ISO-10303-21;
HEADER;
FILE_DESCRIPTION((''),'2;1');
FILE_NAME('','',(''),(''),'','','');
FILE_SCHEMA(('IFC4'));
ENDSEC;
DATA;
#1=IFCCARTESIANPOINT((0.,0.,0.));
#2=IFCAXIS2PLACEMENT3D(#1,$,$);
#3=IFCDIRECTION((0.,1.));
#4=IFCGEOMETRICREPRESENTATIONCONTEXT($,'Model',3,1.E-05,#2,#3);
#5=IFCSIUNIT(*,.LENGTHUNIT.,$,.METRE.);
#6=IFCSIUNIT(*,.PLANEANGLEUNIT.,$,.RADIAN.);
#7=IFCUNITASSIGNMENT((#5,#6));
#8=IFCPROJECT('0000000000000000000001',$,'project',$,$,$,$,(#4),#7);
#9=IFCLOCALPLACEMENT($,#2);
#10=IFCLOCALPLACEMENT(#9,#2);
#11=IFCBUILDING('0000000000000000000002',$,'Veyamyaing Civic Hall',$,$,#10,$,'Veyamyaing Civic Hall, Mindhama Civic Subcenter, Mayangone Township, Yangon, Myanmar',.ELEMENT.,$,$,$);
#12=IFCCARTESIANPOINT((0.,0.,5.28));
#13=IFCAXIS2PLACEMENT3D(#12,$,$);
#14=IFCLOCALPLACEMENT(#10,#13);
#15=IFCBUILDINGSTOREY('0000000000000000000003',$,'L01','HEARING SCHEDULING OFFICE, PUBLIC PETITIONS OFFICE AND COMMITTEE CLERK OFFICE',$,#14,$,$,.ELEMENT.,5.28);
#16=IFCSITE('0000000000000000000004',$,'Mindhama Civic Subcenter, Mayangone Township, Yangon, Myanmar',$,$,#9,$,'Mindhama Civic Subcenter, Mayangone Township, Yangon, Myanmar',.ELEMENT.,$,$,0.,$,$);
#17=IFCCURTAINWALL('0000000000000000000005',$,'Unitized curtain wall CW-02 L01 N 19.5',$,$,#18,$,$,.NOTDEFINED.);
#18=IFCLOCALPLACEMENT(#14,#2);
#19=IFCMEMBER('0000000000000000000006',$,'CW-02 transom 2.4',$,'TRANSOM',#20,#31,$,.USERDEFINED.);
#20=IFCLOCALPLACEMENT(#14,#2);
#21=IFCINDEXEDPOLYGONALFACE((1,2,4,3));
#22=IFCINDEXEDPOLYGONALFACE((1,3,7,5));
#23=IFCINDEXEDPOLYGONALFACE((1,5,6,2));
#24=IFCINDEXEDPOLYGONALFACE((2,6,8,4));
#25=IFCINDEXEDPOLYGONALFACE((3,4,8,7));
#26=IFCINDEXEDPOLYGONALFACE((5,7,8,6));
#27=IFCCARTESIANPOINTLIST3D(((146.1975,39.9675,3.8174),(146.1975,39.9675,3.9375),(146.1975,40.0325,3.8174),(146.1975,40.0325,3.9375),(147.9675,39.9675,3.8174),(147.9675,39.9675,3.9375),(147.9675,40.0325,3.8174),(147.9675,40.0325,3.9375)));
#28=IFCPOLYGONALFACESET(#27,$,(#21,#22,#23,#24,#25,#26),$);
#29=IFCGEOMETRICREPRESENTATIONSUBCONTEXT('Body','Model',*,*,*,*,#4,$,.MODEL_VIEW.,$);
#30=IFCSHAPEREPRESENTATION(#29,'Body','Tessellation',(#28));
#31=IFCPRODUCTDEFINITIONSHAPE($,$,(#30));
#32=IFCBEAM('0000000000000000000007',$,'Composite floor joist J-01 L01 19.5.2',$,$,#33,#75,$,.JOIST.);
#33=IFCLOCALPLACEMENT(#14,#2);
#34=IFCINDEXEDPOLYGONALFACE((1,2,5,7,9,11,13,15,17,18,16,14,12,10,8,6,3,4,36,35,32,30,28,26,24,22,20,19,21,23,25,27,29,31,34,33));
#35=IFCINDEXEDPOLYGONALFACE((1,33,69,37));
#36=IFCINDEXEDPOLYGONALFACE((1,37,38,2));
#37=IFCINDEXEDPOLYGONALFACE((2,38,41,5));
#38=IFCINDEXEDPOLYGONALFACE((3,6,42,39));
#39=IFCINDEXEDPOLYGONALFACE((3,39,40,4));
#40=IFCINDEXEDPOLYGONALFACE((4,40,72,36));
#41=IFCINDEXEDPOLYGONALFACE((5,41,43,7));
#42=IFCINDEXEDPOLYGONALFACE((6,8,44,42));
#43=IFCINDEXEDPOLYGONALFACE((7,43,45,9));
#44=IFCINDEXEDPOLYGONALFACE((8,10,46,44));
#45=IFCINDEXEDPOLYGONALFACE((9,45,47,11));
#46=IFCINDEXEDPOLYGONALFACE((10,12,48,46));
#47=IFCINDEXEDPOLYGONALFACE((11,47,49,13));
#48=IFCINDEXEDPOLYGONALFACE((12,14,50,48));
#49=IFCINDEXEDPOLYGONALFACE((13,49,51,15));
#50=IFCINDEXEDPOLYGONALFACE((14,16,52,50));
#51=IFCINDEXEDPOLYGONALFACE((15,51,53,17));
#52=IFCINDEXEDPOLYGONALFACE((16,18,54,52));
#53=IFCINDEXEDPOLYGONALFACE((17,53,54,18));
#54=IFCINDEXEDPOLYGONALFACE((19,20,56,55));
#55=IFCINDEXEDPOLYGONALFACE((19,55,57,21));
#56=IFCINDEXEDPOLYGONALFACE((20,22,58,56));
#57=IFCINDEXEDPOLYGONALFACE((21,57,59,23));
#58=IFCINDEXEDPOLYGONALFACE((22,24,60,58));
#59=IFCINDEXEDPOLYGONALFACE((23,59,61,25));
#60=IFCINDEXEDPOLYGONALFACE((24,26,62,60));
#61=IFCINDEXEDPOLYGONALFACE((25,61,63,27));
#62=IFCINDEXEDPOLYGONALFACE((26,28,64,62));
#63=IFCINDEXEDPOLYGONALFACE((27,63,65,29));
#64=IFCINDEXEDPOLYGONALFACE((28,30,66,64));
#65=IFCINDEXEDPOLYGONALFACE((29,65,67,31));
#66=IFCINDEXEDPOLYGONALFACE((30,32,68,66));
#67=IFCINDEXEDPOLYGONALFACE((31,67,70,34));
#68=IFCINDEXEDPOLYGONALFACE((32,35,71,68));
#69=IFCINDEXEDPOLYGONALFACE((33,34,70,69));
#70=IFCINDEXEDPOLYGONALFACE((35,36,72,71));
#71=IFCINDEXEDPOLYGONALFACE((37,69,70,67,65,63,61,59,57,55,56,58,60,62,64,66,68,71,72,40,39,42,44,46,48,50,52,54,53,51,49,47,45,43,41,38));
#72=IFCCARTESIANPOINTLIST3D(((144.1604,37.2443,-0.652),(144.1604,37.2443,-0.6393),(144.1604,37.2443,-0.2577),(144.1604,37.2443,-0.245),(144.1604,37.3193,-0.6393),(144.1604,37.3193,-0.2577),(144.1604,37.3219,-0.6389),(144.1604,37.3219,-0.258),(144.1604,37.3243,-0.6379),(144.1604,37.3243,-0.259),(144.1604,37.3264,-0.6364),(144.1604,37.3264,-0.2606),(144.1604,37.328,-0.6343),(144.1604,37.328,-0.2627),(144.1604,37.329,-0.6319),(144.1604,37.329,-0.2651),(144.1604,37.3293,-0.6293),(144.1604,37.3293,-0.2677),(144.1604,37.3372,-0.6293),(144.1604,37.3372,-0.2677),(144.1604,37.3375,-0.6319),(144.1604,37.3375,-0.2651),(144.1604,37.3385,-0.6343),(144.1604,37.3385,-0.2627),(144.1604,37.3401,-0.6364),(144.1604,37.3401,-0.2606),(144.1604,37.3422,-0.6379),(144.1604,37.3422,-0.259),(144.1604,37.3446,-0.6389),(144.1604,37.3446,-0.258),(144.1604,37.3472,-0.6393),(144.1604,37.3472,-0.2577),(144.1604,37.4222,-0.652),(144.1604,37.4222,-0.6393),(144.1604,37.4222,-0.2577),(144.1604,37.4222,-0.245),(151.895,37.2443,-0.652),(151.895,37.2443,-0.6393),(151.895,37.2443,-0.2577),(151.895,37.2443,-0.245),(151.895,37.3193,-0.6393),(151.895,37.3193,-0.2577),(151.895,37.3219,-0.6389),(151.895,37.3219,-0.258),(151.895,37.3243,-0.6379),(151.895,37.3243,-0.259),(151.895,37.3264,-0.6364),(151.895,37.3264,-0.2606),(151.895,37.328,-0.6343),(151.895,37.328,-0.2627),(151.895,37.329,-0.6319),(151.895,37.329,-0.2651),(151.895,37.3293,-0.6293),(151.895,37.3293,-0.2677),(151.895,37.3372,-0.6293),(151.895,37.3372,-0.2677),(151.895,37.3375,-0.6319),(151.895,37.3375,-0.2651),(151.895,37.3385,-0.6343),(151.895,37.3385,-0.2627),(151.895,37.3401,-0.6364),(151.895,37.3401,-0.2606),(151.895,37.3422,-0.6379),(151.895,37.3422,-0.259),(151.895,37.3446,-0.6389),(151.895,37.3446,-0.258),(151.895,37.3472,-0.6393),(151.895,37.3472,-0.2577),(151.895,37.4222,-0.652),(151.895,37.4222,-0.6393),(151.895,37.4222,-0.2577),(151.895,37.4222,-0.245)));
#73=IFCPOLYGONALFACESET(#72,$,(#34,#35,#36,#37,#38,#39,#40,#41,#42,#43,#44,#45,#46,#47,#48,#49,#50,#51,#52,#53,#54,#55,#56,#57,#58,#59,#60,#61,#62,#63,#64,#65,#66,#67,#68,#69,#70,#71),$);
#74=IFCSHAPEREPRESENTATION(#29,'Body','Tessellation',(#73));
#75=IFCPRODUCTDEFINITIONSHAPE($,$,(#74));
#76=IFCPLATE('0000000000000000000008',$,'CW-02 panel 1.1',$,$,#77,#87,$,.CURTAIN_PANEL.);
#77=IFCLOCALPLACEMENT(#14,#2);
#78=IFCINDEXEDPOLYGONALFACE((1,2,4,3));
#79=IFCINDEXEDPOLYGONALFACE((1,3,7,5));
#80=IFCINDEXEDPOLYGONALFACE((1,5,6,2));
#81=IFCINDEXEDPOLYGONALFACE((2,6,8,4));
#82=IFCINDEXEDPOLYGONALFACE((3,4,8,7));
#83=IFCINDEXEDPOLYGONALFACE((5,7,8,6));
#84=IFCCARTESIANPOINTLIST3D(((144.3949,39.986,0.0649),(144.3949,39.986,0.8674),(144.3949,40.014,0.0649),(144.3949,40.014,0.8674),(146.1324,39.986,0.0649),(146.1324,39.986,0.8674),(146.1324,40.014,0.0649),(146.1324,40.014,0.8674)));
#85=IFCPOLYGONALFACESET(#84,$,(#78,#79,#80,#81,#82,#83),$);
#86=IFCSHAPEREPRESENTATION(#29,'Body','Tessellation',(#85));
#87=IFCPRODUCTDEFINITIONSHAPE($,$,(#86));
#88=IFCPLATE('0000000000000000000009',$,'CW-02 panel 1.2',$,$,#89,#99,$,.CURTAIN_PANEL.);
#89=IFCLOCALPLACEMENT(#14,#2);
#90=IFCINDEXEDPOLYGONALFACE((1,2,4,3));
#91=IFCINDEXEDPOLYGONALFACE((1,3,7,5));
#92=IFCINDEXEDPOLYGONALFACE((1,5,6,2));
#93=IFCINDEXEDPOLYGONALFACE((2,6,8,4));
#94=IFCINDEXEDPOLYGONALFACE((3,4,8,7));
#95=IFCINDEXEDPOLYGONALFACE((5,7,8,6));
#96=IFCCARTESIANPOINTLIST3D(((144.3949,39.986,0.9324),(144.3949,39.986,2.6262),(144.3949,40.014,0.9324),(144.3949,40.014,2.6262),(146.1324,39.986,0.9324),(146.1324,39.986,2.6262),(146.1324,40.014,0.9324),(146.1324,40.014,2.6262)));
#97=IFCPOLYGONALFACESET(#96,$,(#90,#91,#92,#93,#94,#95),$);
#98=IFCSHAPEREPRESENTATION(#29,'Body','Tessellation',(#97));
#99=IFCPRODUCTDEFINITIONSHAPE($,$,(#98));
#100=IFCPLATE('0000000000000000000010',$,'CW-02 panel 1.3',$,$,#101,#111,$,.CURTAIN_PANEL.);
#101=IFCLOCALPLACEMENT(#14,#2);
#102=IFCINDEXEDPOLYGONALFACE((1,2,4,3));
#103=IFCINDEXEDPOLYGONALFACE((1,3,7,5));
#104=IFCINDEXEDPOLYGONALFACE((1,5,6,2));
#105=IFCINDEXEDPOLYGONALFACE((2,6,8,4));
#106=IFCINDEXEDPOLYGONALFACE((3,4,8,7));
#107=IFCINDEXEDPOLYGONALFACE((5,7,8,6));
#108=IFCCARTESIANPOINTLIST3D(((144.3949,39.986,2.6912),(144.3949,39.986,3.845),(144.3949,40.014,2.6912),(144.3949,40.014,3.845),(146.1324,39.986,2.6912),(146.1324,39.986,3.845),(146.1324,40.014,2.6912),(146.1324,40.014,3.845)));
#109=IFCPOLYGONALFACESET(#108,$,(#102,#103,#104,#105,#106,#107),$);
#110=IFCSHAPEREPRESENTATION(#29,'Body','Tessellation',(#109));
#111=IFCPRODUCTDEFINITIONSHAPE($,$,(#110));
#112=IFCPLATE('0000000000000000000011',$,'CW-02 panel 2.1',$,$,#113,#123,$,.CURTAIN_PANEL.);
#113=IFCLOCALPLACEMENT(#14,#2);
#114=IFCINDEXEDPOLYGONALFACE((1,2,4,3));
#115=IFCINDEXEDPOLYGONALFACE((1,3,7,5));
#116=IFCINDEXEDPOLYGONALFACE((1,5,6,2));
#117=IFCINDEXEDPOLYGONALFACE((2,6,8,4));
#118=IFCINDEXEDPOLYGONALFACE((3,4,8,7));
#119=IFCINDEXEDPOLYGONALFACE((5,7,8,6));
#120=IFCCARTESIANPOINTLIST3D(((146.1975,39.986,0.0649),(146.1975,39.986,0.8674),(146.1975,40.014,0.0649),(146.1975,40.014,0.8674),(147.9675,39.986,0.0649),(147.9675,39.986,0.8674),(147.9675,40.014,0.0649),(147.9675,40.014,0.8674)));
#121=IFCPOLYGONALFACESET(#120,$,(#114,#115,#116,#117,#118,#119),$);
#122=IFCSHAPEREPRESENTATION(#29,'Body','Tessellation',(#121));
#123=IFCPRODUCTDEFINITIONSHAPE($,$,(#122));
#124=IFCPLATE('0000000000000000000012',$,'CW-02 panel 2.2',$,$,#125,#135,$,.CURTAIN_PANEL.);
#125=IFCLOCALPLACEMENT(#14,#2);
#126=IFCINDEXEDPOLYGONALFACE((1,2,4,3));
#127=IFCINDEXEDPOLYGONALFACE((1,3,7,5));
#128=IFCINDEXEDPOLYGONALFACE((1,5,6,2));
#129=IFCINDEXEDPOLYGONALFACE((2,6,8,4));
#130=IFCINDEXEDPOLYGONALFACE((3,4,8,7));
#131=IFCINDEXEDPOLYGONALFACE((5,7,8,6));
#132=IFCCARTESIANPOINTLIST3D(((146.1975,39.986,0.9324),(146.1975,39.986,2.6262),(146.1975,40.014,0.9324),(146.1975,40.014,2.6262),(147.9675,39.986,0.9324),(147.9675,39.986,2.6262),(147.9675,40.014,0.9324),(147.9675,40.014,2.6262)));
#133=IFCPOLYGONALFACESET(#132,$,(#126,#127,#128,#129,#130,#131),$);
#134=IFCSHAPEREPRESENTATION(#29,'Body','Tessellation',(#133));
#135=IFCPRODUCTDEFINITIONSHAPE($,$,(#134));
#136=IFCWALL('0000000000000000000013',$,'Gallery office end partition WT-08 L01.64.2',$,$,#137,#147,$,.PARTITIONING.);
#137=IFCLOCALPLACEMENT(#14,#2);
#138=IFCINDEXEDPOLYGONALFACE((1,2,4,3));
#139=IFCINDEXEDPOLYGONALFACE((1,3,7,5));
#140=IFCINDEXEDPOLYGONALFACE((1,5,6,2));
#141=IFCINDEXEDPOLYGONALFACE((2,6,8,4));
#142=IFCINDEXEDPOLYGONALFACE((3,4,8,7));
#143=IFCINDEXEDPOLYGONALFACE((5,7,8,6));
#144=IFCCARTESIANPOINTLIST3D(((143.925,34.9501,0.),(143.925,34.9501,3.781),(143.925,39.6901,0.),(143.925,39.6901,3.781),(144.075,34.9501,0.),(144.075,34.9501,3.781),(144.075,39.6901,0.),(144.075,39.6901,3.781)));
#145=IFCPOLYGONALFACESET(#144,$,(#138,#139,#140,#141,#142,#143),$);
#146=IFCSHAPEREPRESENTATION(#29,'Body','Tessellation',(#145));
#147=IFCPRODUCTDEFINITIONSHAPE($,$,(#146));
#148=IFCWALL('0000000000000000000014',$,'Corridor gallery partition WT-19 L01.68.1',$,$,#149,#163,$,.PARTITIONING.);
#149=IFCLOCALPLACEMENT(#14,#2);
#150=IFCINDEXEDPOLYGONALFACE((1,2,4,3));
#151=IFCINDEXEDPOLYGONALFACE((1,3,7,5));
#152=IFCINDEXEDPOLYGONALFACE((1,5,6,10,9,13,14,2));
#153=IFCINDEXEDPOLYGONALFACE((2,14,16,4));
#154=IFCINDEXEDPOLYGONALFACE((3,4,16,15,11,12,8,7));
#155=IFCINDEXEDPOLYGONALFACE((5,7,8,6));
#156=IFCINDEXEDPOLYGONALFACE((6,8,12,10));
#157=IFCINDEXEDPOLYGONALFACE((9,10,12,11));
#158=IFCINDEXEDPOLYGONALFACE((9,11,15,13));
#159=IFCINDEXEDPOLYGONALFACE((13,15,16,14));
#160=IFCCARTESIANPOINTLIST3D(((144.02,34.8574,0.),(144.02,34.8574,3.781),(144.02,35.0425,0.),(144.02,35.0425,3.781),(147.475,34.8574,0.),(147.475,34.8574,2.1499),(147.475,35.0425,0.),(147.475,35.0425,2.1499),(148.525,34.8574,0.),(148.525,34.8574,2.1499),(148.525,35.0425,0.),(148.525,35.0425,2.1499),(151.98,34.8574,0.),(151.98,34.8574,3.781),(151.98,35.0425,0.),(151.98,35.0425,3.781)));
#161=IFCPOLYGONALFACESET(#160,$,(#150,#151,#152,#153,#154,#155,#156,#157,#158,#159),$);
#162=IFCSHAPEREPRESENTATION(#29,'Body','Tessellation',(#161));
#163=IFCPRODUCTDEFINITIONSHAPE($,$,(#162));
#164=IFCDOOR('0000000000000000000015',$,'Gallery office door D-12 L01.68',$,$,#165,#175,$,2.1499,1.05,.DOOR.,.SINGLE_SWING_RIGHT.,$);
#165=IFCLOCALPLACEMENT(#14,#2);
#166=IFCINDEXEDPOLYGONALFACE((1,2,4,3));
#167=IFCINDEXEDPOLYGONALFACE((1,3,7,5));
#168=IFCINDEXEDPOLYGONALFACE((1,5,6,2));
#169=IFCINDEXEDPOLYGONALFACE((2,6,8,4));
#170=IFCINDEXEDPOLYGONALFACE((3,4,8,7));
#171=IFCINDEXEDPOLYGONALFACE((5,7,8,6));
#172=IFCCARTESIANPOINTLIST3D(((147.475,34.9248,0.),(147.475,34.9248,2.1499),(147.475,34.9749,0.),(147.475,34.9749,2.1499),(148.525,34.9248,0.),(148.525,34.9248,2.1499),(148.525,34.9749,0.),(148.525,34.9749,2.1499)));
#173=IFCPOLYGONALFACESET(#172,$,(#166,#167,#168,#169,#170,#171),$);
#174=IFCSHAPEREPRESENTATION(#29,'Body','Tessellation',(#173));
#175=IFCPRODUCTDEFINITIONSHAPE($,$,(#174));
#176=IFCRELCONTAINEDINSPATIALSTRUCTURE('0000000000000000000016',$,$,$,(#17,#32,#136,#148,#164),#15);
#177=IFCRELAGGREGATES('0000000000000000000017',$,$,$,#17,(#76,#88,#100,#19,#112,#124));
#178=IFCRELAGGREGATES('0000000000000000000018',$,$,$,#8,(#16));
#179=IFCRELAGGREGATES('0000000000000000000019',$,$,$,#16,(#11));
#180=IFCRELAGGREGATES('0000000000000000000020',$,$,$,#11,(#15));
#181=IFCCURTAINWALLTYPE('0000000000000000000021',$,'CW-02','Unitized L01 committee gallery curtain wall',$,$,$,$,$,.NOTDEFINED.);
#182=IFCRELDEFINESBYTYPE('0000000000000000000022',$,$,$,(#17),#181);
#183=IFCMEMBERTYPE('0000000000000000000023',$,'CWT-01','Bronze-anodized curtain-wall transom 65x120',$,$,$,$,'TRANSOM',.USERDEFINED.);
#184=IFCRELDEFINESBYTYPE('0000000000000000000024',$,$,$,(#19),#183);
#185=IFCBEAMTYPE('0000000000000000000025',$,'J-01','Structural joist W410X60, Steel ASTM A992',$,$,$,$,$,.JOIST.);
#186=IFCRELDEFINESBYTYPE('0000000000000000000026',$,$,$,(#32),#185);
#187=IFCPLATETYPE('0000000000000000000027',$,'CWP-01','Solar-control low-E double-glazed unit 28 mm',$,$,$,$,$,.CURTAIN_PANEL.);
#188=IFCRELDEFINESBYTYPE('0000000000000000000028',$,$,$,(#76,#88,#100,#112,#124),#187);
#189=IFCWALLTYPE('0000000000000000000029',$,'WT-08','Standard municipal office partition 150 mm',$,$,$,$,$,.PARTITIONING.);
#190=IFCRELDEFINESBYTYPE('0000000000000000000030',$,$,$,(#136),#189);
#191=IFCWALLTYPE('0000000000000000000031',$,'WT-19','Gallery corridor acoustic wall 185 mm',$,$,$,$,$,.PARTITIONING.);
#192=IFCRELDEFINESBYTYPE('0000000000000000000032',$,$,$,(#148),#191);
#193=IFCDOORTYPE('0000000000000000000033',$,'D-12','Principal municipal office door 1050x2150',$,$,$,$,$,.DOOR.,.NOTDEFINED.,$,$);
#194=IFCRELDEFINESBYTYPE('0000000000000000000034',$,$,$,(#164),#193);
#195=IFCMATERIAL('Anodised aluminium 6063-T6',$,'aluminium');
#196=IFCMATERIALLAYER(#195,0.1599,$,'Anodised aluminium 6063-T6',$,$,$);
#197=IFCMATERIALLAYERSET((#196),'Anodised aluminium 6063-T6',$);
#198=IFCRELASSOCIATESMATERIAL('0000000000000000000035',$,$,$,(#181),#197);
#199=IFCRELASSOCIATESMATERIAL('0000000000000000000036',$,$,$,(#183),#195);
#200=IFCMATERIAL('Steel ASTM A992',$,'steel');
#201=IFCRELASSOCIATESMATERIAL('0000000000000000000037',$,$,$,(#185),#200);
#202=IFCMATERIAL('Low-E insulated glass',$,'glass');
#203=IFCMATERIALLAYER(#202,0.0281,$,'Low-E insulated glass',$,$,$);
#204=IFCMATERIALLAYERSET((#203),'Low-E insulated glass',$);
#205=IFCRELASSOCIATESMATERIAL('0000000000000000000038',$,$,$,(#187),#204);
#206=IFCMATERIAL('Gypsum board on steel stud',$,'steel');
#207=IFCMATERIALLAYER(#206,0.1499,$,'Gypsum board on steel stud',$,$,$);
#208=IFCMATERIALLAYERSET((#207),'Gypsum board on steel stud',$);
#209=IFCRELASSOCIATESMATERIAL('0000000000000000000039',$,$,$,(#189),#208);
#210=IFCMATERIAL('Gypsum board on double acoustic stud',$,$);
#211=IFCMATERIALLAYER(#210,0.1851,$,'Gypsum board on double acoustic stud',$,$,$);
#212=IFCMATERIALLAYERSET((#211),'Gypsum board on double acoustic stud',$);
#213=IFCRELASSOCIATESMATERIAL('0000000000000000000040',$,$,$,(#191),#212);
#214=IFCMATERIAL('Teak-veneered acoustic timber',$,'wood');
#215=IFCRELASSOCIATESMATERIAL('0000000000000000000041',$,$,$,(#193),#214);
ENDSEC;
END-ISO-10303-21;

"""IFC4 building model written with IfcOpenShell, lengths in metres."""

from ifc_helpers import new_model, si_unit, direction, frame, frame_2d, origin, origin_2d, place, context, subcontext, project, spatial, rectangle, i_section, extrude, material, layer, layer_set, material_profile, profile_set, type_object, element, fill, aggregate, save


model = new_model("IFC4")

# Units and contexts
model_context = context("Model", 3, precision=1e-05, world=origin(), true_north=direction((0.0, 1.0)))
body_context = subcontext(model_context, "Body", "Model", "MODEL_VIEW")
ifc_project = project(units=[si_unit("LENGTHUNIT", "METRE"), si_unit("PLANEANGLEUNIT", "RADIAN")], contexts=[model_context])

# Site, building, storey
site_placement = place(None, origin())
site = spatial("IfcSite", under=ifc_project, at=site_placement, Name="Mindhama Civic Subcenter, Mayangone Township, Yangon, Myanmar", LongName="Mindhama Civic Subcenter, Mayangone Township, Yangon, Myanmar", CompositionType="ELEMENT", RefElevation=0.0)
building_placement = place(site_placement, origin())
building = spatial("IfcBuilding", under=site, at=building_placement, Name="Veyamyaing Civic Hall", LongName="Veyamyaing Civic Hall, Mindhama Civic Subcenter, Mayangone Township, Yangon, Myanmar", CompositionType="ELEMENT")
storey_placement = place(building_placement, frame((0.0, 0.0, 5.28)))
storey = spatial("IfcBuildingStorey", under=building, at=storey_placement, Name="L01", Description="HEARING SCHEDULING OFFICE, PUBLIC PETITIONS OFFICE AND COMMITTEE CLERK OFFICE", CompositionType="ELEMENT", Elevation=5.28)

# Shared definitions
ifc_material_1 = material(Name="Steel ASTM A992", Category="steel")

# Curtain wall, member
ifc_material_2 = material(Name="Anodised aluminium 6063-T6", Category="aluminium")
ifc_layer_1 = layer(ifc_material_2, 0.1599, Name="Anodised aluminium 6063-T6")
ifc_layer_set_1 = layer_set([ifc_layer_1], Name="Anodised aluminium 6063-T6")
curtain_wall_type = type_object("IfcCurtainWallType", Name="CW-02", Description="Unitized L01 committee gallery curtain wall", PredefinedType="NOTDEFINED", material=ifc_layer_set_1)
curtain_wall_placement = place(storey_placement, origin())
curtain_wall = element("IfcCurtainWall", 1, at=curtain_wall_placement, inside=storey, type_object=curtain_wall_type, Name="Unitized curtain wall CW-02 L01 N 19.5", PredefinedType="NOTDEFINED")
ifc_material_profile_1 = material_profile(ifc_material_2, rectangle(XDim=0.0649, YDim=0.1201, at=origin_2d()), Name="ALU-TRN-65X120")
ifc_profile_set_1 = profile_set([ifc_material_profile_1], Name="Anodised aluminium 6063-T6")
member_type_1 = type_object("IfcMemberType", Name="CWT-01", Description="Bronze-anodized curtain-wall transom 65x120", ElementType="TRANSOM", PredefinedType="USERDEFINED", material=ifc_profile_set_1)
member_1_placement = place(storey_placement, frame((146.1975, 40.0, 3.8774), z_axis=(1.0, 0.0, 0.0), x_axis=(0.0, 1.0, 0.0)))
member_1 = element("IfcMember", 2, at=member_1_placement, type_object=member_type_1, Name="CW-02 transom 2.4", ObjectType="TRANSOM", PredefinedType="USERDEFINED", context=body_context, shape_type="SweptSolid", body=[
    extrude(rectangle(XDim=0.0649, YDim=0.1201, at=origin_2d()), origin(), (0.0, 0.0, 1.0), 1.77),
])

# Beam
ifc_material_profile_2 = material_profile(ifc_material_1, i_section(OverallWidth=0.178, OverallDepth=0.407, WebThickness=0.0078, FlangeThickness=0.0127, FilletRadius=0.01, at=origin_2d()), Name="W410X60")
ifc_profile_set_2 = profile_set([ifc_material_profile_2], Name="Steel ASTM A992")
beam_type_1 = type_object("IfcBeamType", Name="J-01", Description="Structural joist W410X60, Steel ASTM A992", PredefinedType="JOIST", material=ifc_profile_set_2)
beam_1_placement = place(storey_placement, frame((144.1604, 37.3333, -0.4485), z_axis=(1.0, 0.0, 0.0), x_axis=(0.0, 1.0, 0.0)))
element("IfcBeam", 3, at=beam_1_placement, inside=storey, type_object=beam_type_1, Name="Composite floor joist J-01 L01 19.5.2", PredefinedType="JOIST", context=body_context, shape_type="SweptSolid", body=[
    extrude(i_section(OverallWidth=0.178, OverallDepth=0.407, WebThickness=0.0078, FlangeThickness=0.0127, FilletRadius=0.01, at=origin_2d()), origin(), (0.0, 0.0, 1.0), 7.7346),
])

# Plates
ifc_material_3 = material(Name="Low-E insulated glass", Category="glass")
ifc_layer_2 = layer(ifc_material_3, 0.0281, Name="Low-E insulated glass")
ifc_layer_set_2 = layer_set([ifc_layer_2], Name="Low-E insulated glass")
plate_type = type_object("IfcPlateType", Name="CWP-01", Description="Solar-control low-E double-glazed unit 28 mm", PredefinedType="CURTAIN_PANEL", material=ifc_layer_set_2)
plate_1_placement = place(storey_placement, frame((145.2637, 40.0, 0.0649), z_axis=(0.0, 0.0, 1.0), x_axis=(1.0, 0.0, 0.0)))
plate_1 = element("IfcPlate", 4, at=plate_1_placement, type_object=plate_type, Name="CW-02 panel 1.1", PredefinedType="CURTAIN_PANEL", context=body_context, shape_type="SweptSolid", body=[
    extrude(rectangle(XDim=1.7375, YDim=0.0281, at=origin_2d()), origin(), (0.0, 0.0, 1.0), 0.8025),
])
plate_2_placement = place(storey_placement, frame((145.2637, 40.0, 0.9324), z_axis=(0.0, 0.0, 1.0), x_axis=(1.0, 0.0, 0.0)))
plate_2 = element("IfcPlate", 5, at=plate_2_placement, type_object=plate_type, Name="CW-02 panel 1.2", PredefinedType="CURTAIN_PANEL", context=body_context, shape_type="SweptSolid", body=[
    extrude(rectangle(XDim=1.7375, YDim=0.0281, at=origin_2d()), origin(), (0.0, 0.0, 1.0), 1.6938),
])
plate_3_placement = place(storey_placement, frame((145.2637, 40.0, 2.6912), z_axis=(0.0, 0.0, 1.0), x_axis=(1.0, 0.0, 0.0)))
plate_3 = element("IfcPlate", 6, at=plate_3_placement, type_object=plate_type, Name="CW-02 panel 1.3", PredefinedType="CURTAIN_PANEL", context=body_context, shape_type="SweptSolid", body=[
    extrude(rectangle(XDim=1.7375, YDim=0.0281, at=origin_2d()), origin(), (0.0, 0.0, 1.0), 1.1538),
])
plate_4_placement = place(storey_placement, frame((147.0825, 40.0, 0.0649), z_axis=(0.0, 0.0, 1.0), x_axis=(1.0, 0.0, 0.0)))
plate_4 = element("IfcPlate", 7, at=plate_4_placement, type_object=plate_type, Name="CW-02 panel 2.1", PredefinedType="CURTAIN_PANEL", context=body_context, shape_type="SweptSolid", body=[
    extrude(rectangle(XDim=1.77, YDim=0.0281, at=origin_2d()), origin(), (0.0, 0.0, 1.0), 0.8025),
])
plate_5_placement = place(storey_placement, frame((147.0825, 40.0, 0.9324), z_axis=(0.0, 0.0, 1.0), x_axis=(1.0, 0.0, 0.0)))
plate_5 = element("IfcPlate", 8, at=plate_5_placement, type_object=plate_type, Name="CW-02 panel 2.2", PredefinedType="CURTAIN_PANEL", context=body_context, shape_type="SweptSolid", body=[
    extrude(rectangle(XDim=1.77, YDim=0.0281, at=origin_2d()), origin(), (0.0, 0.0, 1.0), 1.6938),
])
aggregate(curtain_wall, [plate_1, plate_2, plate_3, member_1, plate_4, plate_5])

# Wall
ifc_material_4 = material(Name="Gypsum board on steel stud", Category="steel")
ifc_layer_3 = layer(ifc_material_4, 0.1499, Name="Gypsum board on steel stud")
ifc_layer_set_3 = layer_set([ifc_layer_3], Name="Gypsum board on steel stud")
wall_type_1 = type_object("IfcWallType", Name="WT-08", Description="Standard municipal office partition 150 mm", PredefinedType="PARTITIONING", material=ifc_layer_set_3)
wall_1_placement = place(storey_placement, frame((144.0, 34.95, 0.0), z_axis=(0.0, 0.0, 1.0), x_axis=(0.0, 1.0, 0.0)))
element("IfcWall", 9, at=wall_1_placement, inside=storey, type_object=wall_type_1, Name="Gallery office end partition WT-08 L01.64.2", PredefinedType="PARTITIONING", context=body_context, shape_type="SweptSolid", body=[
    extrude(rectangle(XDim=4.74, YDim=0.1499, at=frame_2d((2.3701, 0.0))), origin(), (0.0, 0.0, 1.0), 3.781),
])

# Wall, opening, door
ifc_material_5 = material(Name="Gypsum board on double acoustic stud")
ifc_layer_4 = layer(ifc_material_5, 0.1851, Name="Gypsum board on double acoustic stud")
ifc_layer_set_4 = layer_set([ifc_layer_4], Name="Gypsum board on double acoustic stud")
wall_type_2 = type_object("IfcWallType", Name="WT-19", Description="Gallery corridor acoustic wall 185 mm", PredefinedType="PARTITIONING", material=ifc_layer_set_4)
wall_2_placement = place(storey_placement, frame((144.02, 34.95, 0.0), z_axis=(0.0, 0.0, 1.0), x_axis=(1.0, 0.0, 0.0)))
wall_2 = element("IfcWall", 10, at=wall_2_placement, inside=storey, type_object=wall_type_2, Name="Corridor gallery partition WT-19 L01.68.1", PredefinedType="PARTITIONING", context=body_context, shape_type="SweptSolid", body=[
    extrude(rectangle(XDim=7.96, YDim=0.1851, at=frame_2d((3.98, 0.0))), origin(), (0.0, 0.0, 1.0), 3.781),
])
opening_placement = place(wall_2_placement, frame((3.4551, 0.0, 0.0)))
opening = element("IfcOpeningElement", 11, at=opening_placement, cuts=wall_2, PredefinedType="OPENING", context=body_context, shape_type="SweptSolid", body=[
    extrude(rectangle(XDim=1.05, YDim=2.1499, at=frame_2d((0.5249, 1.075))), frame((0.0, 0.1025, 0.0), z_axis=(0.0, -1.0, 0.0), x_axis=(1.0, 0.0, 0.0)), (0.0, 0.0, 1.0), 0.2051),
])
ifc_material_6 = material(Name="Teak-veneered acoustic timber", Category="wood")
door_type = type_object("IfcDoorType", Name="D-12", Description="Principal municipal office door 1050x2150", OperationType="NOTDEFINED", PredefinedType="DOOR", material=ifc_material_6)
door_placement = place(opening_placement, origin())
door = element("IfcDoor", 12, at=door_placement, inside=storey, type_object=door_type, Name="Gallery office door D-12 L01.68", OperationType="SINGLE_SWING_RIGHT", OverallHeight=2.1499, OverallWidth=1.05, PredefinedType="DOOR", context=body_context, shape_type="SweptSolid", body=[
    extrude(rectangle(XDim=1.05, YDim=2.1499, at=frame_2d((0.5249, 1.075))), frame((0.0, 0.0249, 0.0), z_axis=(0.0, -1.0, 0.0), x_axis=(1.0, 0.0, 0.0)), (0.0, 0.0, 1.0), 0.05),
])
fill(opening, door)

save(model, "model.ifc")
